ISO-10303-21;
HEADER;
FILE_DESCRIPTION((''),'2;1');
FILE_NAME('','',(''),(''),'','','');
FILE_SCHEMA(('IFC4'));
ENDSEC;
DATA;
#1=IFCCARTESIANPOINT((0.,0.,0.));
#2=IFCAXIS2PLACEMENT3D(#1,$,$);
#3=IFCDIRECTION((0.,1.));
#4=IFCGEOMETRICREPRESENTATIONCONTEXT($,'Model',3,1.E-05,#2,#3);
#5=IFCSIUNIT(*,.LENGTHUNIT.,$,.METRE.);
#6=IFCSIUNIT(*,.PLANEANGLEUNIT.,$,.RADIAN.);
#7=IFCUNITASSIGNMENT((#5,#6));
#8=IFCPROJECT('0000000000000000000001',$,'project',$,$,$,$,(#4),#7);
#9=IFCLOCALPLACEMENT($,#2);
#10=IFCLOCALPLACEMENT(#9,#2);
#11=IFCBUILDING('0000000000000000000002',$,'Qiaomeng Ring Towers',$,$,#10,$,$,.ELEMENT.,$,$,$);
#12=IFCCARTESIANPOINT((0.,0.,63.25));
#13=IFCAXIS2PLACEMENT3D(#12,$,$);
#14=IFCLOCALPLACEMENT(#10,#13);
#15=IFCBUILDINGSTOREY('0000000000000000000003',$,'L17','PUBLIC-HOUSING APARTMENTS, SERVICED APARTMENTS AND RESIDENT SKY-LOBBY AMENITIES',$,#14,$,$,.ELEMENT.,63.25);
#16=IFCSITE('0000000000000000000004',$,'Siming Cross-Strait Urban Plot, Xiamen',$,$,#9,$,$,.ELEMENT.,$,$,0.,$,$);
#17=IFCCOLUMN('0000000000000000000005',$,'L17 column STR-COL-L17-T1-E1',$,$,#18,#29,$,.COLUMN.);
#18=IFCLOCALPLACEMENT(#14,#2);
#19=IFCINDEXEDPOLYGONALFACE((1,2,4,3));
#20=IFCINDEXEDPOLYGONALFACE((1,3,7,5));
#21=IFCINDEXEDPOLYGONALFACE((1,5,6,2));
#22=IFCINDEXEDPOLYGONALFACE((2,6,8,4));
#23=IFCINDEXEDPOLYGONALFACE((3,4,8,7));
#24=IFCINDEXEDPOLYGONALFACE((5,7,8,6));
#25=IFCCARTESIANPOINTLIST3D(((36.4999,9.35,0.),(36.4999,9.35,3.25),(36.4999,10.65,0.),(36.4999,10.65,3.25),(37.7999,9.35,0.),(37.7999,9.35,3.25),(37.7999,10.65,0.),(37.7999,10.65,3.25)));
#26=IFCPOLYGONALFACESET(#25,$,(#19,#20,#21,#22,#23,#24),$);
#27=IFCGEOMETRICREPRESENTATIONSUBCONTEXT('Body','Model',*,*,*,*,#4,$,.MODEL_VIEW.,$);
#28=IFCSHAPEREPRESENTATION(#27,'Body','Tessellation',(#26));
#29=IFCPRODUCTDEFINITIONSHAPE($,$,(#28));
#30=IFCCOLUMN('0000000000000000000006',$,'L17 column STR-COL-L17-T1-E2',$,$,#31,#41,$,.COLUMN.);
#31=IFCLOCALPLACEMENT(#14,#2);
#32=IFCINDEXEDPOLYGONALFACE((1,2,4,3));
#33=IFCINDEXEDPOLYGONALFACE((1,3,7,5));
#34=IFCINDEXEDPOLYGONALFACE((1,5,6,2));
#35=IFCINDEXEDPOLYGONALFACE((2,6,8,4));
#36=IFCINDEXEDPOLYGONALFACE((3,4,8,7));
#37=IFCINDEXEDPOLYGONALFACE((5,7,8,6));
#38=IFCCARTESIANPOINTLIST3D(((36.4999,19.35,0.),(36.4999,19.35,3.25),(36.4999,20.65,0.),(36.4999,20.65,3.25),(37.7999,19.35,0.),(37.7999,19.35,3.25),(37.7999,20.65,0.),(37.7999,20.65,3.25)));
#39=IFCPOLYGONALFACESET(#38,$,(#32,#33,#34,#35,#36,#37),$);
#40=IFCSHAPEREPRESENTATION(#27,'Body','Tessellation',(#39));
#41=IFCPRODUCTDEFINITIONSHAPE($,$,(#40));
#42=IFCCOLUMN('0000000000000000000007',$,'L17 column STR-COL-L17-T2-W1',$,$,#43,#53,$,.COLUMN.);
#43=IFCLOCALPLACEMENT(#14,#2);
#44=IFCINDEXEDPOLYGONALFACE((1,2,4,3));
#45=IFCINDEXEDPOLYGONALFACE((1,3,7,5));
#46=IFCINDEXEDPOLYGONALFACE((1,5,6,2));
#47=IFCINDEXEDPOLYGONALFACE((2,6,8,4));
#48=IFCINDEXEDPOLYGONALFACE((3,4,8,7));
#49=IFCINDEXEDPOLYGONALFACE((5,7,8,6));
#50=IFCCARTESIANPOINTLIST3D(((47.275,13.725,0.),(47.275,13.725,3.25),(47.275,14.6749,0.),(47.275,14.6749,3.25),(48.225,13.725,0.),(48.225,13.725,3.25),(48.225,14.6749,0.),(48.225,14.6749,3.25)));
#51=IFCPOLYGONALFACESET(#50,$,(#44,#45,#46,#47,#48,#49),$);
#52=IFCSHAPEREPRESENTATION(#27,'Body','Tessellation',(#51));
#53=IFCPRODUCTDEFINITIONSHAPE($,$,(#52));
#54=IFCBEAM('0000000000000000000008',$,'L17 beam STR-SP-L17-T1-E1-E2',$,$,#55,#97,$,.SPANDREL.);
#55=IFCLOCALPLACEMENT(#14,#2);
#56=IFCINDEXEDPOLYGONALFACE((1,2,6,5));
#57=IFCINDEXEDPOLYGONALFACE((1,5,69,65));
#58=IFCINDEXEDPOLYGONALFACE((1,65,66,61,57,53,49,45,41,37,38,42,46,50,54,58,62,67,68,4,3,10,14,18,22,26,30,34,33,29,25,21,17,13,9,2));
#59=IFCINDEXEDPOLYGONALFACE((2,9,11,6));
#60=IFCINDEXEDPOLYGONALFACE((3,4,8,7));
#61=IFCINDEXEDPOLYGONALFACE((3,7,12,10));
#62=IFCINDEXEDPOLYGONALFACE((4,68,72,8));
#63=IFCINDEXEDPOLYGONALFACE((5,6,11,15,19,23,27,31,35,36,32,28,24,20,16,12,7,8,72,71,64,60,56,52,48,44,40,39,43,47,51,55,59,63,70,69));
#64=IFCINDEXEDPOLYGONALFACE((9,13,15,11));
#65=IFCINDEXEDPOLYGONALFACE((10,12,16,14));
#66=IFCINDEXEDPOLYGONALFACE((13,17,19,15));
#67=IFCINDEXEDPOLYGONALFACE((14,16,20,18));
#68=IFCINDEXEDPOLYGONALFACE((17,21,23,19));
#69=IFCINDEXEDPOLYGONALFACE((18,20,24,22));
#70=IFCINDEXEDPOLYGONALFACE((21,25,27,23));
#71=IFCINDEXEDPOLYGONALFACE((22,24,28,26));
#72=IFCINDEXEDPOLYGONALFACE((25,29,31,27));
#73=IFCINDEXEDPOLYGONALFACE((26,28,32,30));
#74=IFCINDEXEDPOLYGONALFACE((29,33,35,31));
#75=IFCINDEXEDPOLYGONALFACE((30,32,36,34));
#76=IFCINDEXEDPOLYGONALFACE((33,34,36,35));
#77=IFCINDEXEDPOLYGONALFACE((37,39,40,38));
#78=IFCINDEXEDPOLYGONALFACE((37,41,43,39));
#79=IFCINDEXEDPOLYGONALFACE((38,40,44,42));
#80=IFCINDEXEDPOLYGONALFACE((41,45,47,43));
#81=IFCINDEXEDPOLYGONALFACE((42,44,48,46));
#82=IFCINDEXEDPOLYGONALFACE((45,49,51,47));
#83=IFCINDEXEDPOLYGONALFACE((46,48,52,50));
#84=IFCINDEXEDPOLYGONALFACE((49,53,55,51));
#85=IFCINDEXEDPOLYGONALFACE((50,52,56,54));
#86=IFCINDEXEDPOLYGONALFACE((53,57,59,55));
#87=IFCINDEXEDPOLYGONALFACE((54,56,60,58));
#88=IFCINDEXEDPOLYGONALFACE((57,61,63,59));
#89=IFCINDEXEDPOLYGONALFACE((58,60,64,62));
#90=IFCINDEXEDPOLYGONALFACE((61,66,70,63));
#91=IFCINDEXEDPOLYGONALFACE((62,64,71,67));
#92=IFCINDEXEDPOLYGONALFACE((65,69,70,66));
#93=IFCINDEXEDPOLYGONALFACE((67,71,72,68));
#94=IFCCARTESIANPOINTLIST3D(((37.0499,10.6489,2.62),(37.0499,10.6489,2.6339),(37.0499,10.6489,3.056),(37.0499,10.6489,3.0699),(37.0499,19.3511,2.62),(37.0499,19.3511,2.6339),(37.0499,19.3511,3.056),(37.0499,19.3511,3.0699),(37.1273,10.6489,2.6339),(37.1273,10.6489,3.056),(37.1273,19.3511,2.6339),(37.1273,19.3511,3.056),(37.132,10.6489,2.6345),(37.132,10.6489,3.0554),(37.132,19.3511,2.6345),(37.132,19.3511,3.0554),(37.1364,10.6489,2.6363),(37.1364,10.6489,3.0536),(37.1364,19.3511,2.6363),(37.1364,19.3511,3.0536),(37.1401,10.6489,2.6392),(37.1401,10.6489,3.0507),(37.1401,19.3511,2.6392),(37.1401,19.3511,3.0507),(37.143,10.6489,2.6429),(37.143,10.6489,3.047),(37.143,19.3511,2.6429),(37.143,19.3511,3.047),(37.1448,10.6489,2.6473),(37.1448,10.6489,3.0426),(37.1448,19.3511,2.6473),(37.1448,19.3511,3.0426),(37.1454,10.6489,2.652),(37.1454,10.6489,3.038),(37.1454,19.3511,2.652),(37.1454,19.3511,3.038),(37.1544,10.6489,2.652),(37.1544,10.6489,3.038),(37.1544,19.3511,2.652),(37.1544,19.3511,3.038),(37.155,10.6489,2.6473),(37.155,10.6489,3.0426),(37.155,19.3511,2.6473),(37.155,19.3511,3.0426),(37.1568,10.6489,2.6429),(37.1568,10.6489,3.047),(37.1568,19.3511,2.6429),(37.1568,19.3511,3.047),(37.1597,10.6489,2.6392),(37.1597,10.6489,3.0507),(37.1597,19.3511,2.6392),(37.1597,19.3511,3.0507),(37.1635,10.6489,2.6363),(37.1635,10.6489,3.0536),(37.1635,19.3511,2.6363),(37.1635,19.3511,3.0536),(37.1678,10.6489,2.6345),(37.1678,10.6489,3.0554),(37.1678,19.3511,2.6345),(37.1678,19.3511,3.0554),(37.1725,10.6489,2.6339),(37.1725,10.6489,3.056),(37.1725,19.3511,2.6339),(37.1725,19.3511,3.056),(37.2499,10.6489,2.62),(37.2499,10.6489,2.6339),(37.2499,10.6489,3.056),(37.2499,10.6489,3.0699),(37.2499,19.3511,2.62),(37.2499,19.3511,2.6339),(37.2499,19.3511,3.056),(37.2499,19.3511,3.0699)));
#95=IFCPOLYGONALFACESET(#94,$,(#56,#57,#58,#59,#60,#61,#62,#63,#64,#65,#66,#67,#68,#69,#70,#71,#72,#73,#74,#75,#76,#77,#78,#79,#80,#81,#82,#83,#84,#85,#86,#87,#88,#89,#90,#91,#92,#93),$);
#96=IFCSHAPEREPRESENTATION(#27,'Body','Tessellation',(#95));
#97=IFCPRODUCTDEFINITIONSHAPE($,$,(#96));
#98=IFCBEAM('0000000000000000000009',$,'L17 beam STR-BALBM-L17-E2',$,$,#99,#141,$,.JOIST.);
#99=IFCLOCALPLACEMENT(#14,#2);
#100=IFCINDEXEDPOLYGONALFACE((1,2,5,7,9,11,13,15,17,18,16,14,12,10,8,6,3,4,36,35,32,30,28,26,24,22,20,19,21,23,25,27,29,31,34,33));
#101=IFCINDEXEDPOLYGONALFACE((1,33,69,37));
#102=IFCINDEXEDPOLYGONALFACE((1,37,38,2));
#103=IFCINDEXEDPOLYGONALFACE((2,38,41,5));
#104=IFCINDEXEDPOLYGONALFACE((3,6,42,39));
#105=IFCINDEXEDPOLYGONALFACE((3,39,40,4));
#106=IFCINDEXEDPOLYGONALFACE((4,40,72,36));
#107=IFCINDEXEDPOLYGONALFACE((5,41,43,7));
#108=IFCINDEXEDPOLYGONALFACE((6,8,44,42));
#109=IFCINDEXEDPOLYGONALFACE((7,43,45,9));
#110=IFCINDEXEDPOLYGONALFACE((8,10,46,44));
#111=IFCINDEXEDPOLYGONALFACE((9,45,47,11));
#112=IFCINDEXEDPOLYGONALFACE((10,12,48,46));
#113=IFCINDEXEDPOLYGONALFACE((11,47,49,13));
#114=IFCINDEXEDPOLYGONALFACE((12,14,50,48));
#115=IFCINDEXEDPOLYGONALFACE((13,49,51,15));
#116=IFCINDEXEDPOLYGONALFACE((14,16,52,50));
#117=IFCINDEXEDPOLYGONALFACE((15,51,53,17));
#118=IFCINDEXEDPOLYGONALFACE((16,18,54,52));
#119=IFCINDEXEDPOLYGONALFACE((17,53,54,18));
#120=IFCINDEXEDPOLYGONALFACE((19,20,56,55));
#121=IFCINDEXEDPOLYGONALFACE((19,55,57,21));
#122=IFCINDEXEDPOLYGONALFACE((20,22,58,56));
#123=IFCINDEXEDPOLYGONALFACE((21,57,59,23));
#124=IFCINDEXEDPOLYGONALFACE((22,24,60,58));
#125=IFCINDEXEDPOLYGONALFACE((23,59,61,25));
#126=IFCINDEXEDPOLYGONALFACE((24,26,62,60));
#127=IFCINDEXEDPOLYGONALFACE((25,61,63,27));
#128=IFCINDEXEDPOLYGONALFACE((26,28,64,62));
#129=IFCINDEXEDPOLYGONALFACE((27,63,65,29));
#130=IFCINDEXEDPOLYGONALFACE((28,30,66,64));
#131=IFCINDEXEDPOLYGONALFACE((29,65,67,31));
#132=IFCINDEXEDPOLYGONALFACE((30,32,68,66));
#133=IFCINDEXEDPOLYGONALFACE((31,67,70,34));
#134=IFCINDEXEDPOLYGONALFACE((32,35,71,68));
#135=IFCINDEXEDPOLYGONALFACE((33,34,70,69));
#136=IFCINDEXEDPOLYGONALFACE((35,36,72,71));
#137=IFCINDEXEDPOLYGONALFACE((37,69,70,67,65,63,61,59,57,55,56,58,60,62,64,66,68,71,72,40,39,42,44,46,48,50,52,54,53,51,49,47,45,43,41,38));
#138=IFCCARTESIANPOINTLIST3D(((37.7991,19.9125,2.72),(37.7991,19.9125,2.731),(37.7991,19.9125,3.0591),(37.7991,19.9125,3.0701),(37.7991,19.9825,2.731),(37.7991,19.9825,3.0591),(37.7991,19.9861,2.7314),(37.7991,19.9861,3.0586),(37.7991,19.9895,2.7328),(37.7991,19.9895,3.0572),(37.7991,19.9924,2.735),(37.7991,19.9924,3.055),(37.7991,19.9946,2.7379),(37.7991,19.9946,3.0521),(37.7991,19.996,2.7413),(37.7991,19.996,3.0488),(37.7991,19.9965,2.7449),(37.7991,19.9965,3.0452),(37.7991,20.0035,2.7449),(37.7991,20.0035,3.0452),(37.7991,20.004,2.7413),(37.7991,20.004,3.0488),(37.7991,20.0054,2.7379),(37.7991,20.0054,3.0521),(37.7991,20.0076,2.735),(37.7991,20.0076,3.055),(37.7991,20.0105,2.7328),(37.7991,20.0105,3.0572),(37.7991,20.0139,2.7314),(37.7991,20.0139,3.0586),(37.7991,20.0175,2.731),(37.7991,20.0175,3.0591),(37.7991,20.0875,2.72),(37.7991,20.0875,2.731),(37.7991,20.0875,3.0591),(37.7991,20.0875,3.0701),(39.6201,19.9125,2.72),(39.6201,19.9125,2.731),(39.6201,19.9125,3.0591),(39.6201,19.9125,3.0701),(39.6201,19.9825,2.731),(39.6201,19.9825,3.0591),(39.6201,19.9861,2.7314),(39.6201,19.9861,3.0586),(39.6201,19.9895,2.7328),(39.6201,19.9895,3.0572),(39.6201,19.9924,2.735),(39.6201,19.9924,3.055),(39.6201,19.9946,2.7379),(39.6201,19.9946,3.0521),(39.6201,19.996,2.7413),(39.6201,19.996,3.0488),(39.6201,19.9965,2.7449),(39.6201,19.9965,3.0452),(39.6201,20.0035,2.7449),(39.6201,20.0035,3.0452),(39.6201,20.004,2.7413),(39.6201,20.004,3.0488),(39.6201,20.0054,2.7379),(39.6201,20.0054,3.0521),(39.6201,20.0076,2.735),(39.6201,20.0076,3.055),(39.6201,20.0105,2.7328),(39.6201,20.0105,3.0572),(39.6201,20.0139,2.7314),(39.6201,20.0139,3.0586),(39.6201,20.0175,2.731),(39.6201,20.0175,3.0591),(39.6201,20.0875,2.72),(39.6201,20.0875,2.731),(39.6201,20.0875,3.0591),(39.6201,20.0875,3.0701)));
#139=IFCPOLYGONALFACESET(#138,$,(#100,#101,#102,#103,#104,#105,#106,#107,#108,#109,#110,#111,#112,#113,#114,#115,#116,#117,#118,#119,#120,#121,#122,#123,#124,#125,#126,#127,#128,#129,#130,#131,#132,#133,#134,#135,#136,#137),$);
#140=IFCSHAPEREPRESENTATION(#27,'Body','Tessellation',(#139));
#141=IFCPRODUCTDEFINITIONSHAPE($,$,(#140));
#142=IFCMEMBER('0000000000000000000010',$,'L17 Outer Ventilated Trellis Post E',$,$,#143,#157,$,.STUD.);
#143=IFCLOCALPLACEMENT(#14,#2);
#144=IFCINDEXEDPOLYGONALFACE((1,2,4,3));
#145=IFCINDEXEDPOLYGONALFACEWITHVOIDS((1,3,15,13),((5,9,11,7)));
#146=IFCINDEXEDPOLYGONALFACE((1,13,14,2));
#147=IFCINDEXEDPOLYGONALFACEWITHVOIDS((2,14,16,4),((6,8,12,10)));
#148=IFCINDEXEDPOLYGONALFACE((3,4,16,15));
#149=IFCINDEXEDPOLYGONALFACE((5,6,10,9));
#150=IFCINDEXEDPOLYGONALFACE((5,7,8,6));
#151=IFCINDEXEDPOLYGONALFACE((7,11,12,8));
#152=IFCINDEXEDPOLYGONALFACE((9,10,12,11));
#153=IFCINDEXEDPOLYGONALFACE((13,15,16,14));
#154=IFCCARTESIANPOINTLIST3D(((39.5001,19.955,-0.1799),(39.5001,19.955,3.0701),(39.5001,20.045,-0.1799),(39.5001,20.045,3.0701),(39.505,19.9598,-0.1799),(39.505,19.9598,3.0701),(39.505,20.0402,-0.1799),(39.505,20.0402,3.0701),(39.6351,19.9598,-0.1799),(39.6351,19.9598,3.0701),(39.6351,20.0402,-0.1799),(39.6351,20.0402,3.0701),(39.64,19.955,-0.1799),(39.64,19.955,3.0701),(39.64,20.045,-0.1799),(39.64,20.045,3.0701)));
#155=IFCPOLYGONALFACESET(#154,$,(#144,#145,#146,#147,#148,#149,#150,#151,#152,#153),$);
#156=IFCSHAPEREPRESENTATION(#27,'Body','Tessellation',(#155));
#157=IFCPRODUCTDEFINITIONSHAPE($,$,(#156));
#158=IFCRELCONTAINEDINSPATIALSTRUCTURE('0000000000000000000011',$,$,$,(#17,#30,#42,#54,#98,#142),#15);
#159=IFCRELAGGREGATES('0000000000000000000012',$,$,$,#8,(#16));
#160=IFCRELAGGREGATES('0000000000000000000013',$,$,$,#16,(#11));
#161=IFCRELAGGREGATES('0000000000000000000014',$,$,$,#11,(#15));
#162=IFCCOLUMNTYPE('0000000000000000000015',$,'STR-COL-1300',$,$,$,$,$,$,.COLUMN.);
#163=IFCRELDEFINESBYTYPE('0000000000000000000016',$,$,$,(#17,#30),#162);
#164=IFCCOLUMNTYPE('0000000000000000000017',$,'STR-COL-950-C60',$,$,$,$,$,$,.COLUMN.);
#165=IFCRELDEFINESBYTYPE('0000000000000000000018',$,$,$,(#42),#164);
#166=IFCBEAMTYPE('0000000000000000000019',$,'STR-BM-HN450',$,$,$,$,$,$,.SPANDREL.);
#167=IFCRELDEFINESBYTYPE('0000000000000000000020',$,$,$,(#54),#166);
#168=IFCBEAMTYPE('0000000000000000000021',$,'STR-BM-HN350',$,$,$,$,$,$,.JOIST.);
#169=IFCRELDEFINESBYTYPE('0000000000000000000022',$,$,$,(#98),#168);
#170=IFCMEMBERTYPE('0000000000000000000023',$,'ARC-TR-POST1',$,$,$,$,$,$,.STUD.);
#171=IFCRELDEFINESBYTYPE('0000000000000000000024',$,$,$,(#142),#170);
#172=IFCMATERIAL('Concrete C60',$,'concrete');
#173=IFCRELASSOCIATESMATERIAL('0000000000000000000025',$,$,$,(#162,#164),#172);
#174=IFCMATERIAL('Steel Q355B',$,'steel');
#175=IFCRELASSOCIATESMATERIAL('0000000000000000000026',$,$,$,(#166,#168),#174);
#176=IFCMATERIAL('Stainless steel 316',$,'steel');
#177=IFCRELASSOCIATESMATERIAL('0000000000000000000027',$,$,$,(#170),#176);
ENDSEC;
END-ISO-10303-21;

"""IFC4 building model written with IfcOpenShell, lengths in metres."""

from ifc_helpers import new_model, si_unit, direction, frame, origin, origin_2d, place, context, subcontext, project, spatial, rectangle, hollow_rectangle, i_section, extrude, source, transform, mapped, material, material_profile, profile_set, type_object, element, save


model = new_model("IFC4")

# Units and contexts
model_context = context("Model", 3, precision=1e-05, world=origin(), true_north=direction((0.0, 1.0)))
body_context = subcontext(model_context, "Body", "Model", "MODEL_VIEW")
ifc_project = project(units=[si_unit("LENGTHUNIT", "METRE"), si_unit("PLANEANGLEUNIT", "RADIAN")], contexts=[model_context])

# Site, building, storey
site_placement = place(None, origin())
site = spatial("IfcSite", under=ifc_project, at=site_placement, Name="Siming Cross-Strait Urban Plot, Xiamen", CompositionType="ELEMENT", RefElevation=0.0)
building_placement = place(site_placement, origin())
building = spatial("IfcBuilding", under=site, at=building_placement, Name="Qiaomeng Ring Towers", CompositionType="ELEMENT")
storey_placement = place(building_placement, frame((0.0, 0.0, 63.25)))
storey = spatial("IfcBuildingStorey", under=building, at=storey_placement, Name="L17", Description="PUBLIC-HOUSING APARTMENTS, SERVICED APARTMENTS AND RESIDENT SKY-LOBBY AMENITIES", CompositionType="ELEMENT", Elevation=63.25)

# Columns
ifc_material_1 = material(Name="Concrete C60", Category="concrete")
ifc_material_profile_1 = material_profile(ifc_material_1, rectangle(XDim=1.3, YDim=1.3, at=origin_2d()), Name="RC COL 1300x1300")
ifc_profile_set_1 = profile_set([ifc_material_profile_1], Name="Concrete C60")
column_type_1 = type_object("IfcColumnType", Name="STR-COL-1300", PredefinedType="COLUMN", material=ifc_profile_set_1)
shared_shape_1 = source(origin(), body_context, "Body", "SweptSolid", [
    extrude(rectangle(XDim=1.3, YDim=1.3, at=origin_2d()), origin(), (0.0, 0.0, 1.0), 3.25),
])
for number, where, z_axis, x_axis, name in (
    (1, (37.1499, 10.0, 0.0), (0.0, 0.0, 1.0), (1.0, 0.0, 0.0), "L17 column STR-COL-L17-T1-E1"),
    (2, (37.1499, 20.0, 0.0), (0.0, 0.0, 1.0), (1.0, 0.0, 0.0), "L17 column STR-COL-L17-T1-E2"),
):
    element("IfcColumn", number, at=place(storey_placement, frame(where, z_axis=z_axis, x_axis=x_axis)), inside=storey, type_object=column_type_1, Name=name, PredefinedType="COLUMN", context=body_context, shape_type="MappedRepresentation", body=[
        mapped(shared_shape_1, transform((0.0, 0.0, 0.0), x_axis=(1.0, 0.0, 0.0), y_axis=(0.0, 1.0, 0.0), z_axis=(0.0, 0.0, 1.0), scale=1.0)),
    ])
ifc_material_profile_2 = material_profile(ifc_material_1, rectangle(XDim=0.95, YDim=0.95, at=origin_2d()), Name="RC COL 950x950")
ifc_profile_set_2 = profile_set([ifc_material_profile_2], Name="Concrete C60")
column_type_2 = type_object("IfcColumnType", Name="STR-COL-950-C60", PredefinedType="COLUMN", material=ifc_profile_set_2)
shared_shape_2 = source(origin(), body_context, "Body", "SweptSolid", [
    extrude(rectangle(XDim=0.95, YDim=0.95, at=origin_2d()), origin(), (0.0, 0.0, 1.0), 3.25),
])
column_placement = place(storey_placement, frame((47.75, 14.2, 0.0), z_axis=(0.0, 0.0, 1.0), x_axis=(1.0, 0.0, 0.0)))
element("IfcColumn", 3, at=column_placement, inside=storey, type_object=column_type_2, Name="L17 column STR-COL-L17-T2-W1", PredefinedType="COLUMN", context=body_context, shape_type="MappedRepresentation", body=[
    mapped(shared_shape_2, transform((0.0, 0.0, 0.0), x_axis=(1.0, 0.0, 0.0), y_axis=(0.0, 1.0, 0.0), z_axis=(0.0, 0.0, 1.0), scale=1.0)),
])

# Beams
ifc_material_2 = material(Name="Steel Q355B", Category="steel")
ifc_material_profile_3 = material_profile(ifc_material_2, i_section(OverallWidth=0.2, OverallDepth=0.45, WebThickness=0.009, FlangeThickness=0.0139, FilletRadius=0.0181, at=origin_2d()), Name="HN 450x200x9x14")
ifc_profile_set_3 = profile_set([ifc_material_profile_3], Name="Steel Q355B")
beam_type_1 = type_object("IfcBeamType", Name="STR-BM-HN450", PredefinedType="SPANDREL", material=ifc_profile_set_3)
shared_shape_3 = source(origin(), body_context, "Body", "SweptSolid", [
    extrude(i_section(OverallWidth=0.2, OverallDepth=0.45, WebThickness=0.009, FlangeThickness=0.0139, FilletRadius=0.0181, at=origin_2d()), origin(), (0.0, 0.0, 1.0), 8.7021),
])
beam_1_placement = place(storey_placement, frame((37.1499, 10.6489, 2.845), z_axis=(0.0, 1.0, 0.0), x_axis=(-1.0, 0.0, 0.0)))
element("IfcBeam", 4, at=beam_1_placement, inside=storey, type_object=beam_type_1, Name="L17 beam STR-SP-L17-T1-E1-E2", PredefinedType="SPANDREL", context=body_context, shape_type="MappedRepresentation", body=[
    mapped(shared_shape_3, transform((0.0, 0.0, 0.0), x_axis=(1.0, 0.0, 0.0), y_axis=(0.0, 1.0, 0.0), z_axis=(0.0, 0.0, 1.0), scale=1.0)),
])
ifc_material_profile_4 = material_profile(ifc_material_2, i_section(OverallWidth=0.175, OverallDepth=0.3501, WebThickness=0.0071, FlangeThickness=0.011, FilletRadius=0.0139, at=origin_2d()), Name="HN 350x175x7x11")
ifc_profile_set_4 = profile_set([ifc_material_profile_4], Name="Steel Q355B")
beam_type_2 = type_object("IfcBeamType", Name="STR-BM-HN350", PredefinedType="JOIST", material=ifc_profile_set_4)
shared_shape_4 = source(origin(), body_context, "Body", "SweptSolid", [
    extrude(i_section(OverallWidth=0.175, OverallDepth=0.3501, WebThickness=0.0071, FlangeThickness=0.011, FilletRadius=0.0139, at=origin_2d()), origin(), (0.0, 0.0, 1.0), 1.821),
])
beam_2_placement = place(storey_placement, frame((37.7991, 20.0, 2.895), z_axis=(1.0, 0.0, 0.0), x_axis=(0.0, 1.0, 0.0)))
element("IfcBeam", 5, at=beam_2_placement, inside=storey, type_object=beam_type_2, Name="L17 beam STR-BALBM-L17-E2", PredefinedType="JOIST", context=body_context, shape_type="MappedRepresentation", body=[
    mapped(shared_shape_4, transform((0.0, 0.0, 0.0), x_axis=(1.0, 0.0, 0.0), y_axis=(0.0, 1.0, 0.0), z_axis=(0.0, 0.0, 1.0), scale=1.0)),
])

# Member
ifc_material_3 = material(Name="Stainless steel 316", Category="steel")
ifc_material_profile_5 = material_profile(ifc_material_3, hollow_rectangle(XDim=0.0901, YDim=0.1399, WallThickness=0.0049, at=origin_2d()), Name="SS TRELLIS 90x140")
ifc_profile_set_5 = profile_set([ifc_material_profile_5], Name="Stainless steel 316")
member_type = type_object("IfcMemberType", Name="ARC-TR-POST1", PredefinedType="STUD", material=ifc_profile_set_5)
shared_shape_5 = source(origin(), body_context, "Body", "SweptSolid", [
    extrude(hollow_rectangle(XDim=0.0901, YDim=0.1399, WallThickness=0.0049, at=origin_2d()), origin(), (0.0, 0.0, 1.0), 3.25),
])
member_placement = place(storey_placement, frame((39.5701, 20.0, -0.1799), z_axis=(0.0, 0.0, 1.0), x_axis=(0.0, 1.0, 0.0)))
element("IfcMember", 6, at=member_placement, inside=storey, type_object=member_type, Name="L17 Outer Ventilated Trellis Post E", PredefinedType="STUD", context=body_context, shape_type="MappedRepresentation", body=[
    mapped(shared_shape_5, transform((0.0, 0.0, 0.0), x_axis=(1.0, 0.0, 0.0), y_axis=(0.0, 1.0, 0.0), z_axis=(0.0, 0.0, 1.0), scale=1.0)),
])

save(model, "model.ifc")
